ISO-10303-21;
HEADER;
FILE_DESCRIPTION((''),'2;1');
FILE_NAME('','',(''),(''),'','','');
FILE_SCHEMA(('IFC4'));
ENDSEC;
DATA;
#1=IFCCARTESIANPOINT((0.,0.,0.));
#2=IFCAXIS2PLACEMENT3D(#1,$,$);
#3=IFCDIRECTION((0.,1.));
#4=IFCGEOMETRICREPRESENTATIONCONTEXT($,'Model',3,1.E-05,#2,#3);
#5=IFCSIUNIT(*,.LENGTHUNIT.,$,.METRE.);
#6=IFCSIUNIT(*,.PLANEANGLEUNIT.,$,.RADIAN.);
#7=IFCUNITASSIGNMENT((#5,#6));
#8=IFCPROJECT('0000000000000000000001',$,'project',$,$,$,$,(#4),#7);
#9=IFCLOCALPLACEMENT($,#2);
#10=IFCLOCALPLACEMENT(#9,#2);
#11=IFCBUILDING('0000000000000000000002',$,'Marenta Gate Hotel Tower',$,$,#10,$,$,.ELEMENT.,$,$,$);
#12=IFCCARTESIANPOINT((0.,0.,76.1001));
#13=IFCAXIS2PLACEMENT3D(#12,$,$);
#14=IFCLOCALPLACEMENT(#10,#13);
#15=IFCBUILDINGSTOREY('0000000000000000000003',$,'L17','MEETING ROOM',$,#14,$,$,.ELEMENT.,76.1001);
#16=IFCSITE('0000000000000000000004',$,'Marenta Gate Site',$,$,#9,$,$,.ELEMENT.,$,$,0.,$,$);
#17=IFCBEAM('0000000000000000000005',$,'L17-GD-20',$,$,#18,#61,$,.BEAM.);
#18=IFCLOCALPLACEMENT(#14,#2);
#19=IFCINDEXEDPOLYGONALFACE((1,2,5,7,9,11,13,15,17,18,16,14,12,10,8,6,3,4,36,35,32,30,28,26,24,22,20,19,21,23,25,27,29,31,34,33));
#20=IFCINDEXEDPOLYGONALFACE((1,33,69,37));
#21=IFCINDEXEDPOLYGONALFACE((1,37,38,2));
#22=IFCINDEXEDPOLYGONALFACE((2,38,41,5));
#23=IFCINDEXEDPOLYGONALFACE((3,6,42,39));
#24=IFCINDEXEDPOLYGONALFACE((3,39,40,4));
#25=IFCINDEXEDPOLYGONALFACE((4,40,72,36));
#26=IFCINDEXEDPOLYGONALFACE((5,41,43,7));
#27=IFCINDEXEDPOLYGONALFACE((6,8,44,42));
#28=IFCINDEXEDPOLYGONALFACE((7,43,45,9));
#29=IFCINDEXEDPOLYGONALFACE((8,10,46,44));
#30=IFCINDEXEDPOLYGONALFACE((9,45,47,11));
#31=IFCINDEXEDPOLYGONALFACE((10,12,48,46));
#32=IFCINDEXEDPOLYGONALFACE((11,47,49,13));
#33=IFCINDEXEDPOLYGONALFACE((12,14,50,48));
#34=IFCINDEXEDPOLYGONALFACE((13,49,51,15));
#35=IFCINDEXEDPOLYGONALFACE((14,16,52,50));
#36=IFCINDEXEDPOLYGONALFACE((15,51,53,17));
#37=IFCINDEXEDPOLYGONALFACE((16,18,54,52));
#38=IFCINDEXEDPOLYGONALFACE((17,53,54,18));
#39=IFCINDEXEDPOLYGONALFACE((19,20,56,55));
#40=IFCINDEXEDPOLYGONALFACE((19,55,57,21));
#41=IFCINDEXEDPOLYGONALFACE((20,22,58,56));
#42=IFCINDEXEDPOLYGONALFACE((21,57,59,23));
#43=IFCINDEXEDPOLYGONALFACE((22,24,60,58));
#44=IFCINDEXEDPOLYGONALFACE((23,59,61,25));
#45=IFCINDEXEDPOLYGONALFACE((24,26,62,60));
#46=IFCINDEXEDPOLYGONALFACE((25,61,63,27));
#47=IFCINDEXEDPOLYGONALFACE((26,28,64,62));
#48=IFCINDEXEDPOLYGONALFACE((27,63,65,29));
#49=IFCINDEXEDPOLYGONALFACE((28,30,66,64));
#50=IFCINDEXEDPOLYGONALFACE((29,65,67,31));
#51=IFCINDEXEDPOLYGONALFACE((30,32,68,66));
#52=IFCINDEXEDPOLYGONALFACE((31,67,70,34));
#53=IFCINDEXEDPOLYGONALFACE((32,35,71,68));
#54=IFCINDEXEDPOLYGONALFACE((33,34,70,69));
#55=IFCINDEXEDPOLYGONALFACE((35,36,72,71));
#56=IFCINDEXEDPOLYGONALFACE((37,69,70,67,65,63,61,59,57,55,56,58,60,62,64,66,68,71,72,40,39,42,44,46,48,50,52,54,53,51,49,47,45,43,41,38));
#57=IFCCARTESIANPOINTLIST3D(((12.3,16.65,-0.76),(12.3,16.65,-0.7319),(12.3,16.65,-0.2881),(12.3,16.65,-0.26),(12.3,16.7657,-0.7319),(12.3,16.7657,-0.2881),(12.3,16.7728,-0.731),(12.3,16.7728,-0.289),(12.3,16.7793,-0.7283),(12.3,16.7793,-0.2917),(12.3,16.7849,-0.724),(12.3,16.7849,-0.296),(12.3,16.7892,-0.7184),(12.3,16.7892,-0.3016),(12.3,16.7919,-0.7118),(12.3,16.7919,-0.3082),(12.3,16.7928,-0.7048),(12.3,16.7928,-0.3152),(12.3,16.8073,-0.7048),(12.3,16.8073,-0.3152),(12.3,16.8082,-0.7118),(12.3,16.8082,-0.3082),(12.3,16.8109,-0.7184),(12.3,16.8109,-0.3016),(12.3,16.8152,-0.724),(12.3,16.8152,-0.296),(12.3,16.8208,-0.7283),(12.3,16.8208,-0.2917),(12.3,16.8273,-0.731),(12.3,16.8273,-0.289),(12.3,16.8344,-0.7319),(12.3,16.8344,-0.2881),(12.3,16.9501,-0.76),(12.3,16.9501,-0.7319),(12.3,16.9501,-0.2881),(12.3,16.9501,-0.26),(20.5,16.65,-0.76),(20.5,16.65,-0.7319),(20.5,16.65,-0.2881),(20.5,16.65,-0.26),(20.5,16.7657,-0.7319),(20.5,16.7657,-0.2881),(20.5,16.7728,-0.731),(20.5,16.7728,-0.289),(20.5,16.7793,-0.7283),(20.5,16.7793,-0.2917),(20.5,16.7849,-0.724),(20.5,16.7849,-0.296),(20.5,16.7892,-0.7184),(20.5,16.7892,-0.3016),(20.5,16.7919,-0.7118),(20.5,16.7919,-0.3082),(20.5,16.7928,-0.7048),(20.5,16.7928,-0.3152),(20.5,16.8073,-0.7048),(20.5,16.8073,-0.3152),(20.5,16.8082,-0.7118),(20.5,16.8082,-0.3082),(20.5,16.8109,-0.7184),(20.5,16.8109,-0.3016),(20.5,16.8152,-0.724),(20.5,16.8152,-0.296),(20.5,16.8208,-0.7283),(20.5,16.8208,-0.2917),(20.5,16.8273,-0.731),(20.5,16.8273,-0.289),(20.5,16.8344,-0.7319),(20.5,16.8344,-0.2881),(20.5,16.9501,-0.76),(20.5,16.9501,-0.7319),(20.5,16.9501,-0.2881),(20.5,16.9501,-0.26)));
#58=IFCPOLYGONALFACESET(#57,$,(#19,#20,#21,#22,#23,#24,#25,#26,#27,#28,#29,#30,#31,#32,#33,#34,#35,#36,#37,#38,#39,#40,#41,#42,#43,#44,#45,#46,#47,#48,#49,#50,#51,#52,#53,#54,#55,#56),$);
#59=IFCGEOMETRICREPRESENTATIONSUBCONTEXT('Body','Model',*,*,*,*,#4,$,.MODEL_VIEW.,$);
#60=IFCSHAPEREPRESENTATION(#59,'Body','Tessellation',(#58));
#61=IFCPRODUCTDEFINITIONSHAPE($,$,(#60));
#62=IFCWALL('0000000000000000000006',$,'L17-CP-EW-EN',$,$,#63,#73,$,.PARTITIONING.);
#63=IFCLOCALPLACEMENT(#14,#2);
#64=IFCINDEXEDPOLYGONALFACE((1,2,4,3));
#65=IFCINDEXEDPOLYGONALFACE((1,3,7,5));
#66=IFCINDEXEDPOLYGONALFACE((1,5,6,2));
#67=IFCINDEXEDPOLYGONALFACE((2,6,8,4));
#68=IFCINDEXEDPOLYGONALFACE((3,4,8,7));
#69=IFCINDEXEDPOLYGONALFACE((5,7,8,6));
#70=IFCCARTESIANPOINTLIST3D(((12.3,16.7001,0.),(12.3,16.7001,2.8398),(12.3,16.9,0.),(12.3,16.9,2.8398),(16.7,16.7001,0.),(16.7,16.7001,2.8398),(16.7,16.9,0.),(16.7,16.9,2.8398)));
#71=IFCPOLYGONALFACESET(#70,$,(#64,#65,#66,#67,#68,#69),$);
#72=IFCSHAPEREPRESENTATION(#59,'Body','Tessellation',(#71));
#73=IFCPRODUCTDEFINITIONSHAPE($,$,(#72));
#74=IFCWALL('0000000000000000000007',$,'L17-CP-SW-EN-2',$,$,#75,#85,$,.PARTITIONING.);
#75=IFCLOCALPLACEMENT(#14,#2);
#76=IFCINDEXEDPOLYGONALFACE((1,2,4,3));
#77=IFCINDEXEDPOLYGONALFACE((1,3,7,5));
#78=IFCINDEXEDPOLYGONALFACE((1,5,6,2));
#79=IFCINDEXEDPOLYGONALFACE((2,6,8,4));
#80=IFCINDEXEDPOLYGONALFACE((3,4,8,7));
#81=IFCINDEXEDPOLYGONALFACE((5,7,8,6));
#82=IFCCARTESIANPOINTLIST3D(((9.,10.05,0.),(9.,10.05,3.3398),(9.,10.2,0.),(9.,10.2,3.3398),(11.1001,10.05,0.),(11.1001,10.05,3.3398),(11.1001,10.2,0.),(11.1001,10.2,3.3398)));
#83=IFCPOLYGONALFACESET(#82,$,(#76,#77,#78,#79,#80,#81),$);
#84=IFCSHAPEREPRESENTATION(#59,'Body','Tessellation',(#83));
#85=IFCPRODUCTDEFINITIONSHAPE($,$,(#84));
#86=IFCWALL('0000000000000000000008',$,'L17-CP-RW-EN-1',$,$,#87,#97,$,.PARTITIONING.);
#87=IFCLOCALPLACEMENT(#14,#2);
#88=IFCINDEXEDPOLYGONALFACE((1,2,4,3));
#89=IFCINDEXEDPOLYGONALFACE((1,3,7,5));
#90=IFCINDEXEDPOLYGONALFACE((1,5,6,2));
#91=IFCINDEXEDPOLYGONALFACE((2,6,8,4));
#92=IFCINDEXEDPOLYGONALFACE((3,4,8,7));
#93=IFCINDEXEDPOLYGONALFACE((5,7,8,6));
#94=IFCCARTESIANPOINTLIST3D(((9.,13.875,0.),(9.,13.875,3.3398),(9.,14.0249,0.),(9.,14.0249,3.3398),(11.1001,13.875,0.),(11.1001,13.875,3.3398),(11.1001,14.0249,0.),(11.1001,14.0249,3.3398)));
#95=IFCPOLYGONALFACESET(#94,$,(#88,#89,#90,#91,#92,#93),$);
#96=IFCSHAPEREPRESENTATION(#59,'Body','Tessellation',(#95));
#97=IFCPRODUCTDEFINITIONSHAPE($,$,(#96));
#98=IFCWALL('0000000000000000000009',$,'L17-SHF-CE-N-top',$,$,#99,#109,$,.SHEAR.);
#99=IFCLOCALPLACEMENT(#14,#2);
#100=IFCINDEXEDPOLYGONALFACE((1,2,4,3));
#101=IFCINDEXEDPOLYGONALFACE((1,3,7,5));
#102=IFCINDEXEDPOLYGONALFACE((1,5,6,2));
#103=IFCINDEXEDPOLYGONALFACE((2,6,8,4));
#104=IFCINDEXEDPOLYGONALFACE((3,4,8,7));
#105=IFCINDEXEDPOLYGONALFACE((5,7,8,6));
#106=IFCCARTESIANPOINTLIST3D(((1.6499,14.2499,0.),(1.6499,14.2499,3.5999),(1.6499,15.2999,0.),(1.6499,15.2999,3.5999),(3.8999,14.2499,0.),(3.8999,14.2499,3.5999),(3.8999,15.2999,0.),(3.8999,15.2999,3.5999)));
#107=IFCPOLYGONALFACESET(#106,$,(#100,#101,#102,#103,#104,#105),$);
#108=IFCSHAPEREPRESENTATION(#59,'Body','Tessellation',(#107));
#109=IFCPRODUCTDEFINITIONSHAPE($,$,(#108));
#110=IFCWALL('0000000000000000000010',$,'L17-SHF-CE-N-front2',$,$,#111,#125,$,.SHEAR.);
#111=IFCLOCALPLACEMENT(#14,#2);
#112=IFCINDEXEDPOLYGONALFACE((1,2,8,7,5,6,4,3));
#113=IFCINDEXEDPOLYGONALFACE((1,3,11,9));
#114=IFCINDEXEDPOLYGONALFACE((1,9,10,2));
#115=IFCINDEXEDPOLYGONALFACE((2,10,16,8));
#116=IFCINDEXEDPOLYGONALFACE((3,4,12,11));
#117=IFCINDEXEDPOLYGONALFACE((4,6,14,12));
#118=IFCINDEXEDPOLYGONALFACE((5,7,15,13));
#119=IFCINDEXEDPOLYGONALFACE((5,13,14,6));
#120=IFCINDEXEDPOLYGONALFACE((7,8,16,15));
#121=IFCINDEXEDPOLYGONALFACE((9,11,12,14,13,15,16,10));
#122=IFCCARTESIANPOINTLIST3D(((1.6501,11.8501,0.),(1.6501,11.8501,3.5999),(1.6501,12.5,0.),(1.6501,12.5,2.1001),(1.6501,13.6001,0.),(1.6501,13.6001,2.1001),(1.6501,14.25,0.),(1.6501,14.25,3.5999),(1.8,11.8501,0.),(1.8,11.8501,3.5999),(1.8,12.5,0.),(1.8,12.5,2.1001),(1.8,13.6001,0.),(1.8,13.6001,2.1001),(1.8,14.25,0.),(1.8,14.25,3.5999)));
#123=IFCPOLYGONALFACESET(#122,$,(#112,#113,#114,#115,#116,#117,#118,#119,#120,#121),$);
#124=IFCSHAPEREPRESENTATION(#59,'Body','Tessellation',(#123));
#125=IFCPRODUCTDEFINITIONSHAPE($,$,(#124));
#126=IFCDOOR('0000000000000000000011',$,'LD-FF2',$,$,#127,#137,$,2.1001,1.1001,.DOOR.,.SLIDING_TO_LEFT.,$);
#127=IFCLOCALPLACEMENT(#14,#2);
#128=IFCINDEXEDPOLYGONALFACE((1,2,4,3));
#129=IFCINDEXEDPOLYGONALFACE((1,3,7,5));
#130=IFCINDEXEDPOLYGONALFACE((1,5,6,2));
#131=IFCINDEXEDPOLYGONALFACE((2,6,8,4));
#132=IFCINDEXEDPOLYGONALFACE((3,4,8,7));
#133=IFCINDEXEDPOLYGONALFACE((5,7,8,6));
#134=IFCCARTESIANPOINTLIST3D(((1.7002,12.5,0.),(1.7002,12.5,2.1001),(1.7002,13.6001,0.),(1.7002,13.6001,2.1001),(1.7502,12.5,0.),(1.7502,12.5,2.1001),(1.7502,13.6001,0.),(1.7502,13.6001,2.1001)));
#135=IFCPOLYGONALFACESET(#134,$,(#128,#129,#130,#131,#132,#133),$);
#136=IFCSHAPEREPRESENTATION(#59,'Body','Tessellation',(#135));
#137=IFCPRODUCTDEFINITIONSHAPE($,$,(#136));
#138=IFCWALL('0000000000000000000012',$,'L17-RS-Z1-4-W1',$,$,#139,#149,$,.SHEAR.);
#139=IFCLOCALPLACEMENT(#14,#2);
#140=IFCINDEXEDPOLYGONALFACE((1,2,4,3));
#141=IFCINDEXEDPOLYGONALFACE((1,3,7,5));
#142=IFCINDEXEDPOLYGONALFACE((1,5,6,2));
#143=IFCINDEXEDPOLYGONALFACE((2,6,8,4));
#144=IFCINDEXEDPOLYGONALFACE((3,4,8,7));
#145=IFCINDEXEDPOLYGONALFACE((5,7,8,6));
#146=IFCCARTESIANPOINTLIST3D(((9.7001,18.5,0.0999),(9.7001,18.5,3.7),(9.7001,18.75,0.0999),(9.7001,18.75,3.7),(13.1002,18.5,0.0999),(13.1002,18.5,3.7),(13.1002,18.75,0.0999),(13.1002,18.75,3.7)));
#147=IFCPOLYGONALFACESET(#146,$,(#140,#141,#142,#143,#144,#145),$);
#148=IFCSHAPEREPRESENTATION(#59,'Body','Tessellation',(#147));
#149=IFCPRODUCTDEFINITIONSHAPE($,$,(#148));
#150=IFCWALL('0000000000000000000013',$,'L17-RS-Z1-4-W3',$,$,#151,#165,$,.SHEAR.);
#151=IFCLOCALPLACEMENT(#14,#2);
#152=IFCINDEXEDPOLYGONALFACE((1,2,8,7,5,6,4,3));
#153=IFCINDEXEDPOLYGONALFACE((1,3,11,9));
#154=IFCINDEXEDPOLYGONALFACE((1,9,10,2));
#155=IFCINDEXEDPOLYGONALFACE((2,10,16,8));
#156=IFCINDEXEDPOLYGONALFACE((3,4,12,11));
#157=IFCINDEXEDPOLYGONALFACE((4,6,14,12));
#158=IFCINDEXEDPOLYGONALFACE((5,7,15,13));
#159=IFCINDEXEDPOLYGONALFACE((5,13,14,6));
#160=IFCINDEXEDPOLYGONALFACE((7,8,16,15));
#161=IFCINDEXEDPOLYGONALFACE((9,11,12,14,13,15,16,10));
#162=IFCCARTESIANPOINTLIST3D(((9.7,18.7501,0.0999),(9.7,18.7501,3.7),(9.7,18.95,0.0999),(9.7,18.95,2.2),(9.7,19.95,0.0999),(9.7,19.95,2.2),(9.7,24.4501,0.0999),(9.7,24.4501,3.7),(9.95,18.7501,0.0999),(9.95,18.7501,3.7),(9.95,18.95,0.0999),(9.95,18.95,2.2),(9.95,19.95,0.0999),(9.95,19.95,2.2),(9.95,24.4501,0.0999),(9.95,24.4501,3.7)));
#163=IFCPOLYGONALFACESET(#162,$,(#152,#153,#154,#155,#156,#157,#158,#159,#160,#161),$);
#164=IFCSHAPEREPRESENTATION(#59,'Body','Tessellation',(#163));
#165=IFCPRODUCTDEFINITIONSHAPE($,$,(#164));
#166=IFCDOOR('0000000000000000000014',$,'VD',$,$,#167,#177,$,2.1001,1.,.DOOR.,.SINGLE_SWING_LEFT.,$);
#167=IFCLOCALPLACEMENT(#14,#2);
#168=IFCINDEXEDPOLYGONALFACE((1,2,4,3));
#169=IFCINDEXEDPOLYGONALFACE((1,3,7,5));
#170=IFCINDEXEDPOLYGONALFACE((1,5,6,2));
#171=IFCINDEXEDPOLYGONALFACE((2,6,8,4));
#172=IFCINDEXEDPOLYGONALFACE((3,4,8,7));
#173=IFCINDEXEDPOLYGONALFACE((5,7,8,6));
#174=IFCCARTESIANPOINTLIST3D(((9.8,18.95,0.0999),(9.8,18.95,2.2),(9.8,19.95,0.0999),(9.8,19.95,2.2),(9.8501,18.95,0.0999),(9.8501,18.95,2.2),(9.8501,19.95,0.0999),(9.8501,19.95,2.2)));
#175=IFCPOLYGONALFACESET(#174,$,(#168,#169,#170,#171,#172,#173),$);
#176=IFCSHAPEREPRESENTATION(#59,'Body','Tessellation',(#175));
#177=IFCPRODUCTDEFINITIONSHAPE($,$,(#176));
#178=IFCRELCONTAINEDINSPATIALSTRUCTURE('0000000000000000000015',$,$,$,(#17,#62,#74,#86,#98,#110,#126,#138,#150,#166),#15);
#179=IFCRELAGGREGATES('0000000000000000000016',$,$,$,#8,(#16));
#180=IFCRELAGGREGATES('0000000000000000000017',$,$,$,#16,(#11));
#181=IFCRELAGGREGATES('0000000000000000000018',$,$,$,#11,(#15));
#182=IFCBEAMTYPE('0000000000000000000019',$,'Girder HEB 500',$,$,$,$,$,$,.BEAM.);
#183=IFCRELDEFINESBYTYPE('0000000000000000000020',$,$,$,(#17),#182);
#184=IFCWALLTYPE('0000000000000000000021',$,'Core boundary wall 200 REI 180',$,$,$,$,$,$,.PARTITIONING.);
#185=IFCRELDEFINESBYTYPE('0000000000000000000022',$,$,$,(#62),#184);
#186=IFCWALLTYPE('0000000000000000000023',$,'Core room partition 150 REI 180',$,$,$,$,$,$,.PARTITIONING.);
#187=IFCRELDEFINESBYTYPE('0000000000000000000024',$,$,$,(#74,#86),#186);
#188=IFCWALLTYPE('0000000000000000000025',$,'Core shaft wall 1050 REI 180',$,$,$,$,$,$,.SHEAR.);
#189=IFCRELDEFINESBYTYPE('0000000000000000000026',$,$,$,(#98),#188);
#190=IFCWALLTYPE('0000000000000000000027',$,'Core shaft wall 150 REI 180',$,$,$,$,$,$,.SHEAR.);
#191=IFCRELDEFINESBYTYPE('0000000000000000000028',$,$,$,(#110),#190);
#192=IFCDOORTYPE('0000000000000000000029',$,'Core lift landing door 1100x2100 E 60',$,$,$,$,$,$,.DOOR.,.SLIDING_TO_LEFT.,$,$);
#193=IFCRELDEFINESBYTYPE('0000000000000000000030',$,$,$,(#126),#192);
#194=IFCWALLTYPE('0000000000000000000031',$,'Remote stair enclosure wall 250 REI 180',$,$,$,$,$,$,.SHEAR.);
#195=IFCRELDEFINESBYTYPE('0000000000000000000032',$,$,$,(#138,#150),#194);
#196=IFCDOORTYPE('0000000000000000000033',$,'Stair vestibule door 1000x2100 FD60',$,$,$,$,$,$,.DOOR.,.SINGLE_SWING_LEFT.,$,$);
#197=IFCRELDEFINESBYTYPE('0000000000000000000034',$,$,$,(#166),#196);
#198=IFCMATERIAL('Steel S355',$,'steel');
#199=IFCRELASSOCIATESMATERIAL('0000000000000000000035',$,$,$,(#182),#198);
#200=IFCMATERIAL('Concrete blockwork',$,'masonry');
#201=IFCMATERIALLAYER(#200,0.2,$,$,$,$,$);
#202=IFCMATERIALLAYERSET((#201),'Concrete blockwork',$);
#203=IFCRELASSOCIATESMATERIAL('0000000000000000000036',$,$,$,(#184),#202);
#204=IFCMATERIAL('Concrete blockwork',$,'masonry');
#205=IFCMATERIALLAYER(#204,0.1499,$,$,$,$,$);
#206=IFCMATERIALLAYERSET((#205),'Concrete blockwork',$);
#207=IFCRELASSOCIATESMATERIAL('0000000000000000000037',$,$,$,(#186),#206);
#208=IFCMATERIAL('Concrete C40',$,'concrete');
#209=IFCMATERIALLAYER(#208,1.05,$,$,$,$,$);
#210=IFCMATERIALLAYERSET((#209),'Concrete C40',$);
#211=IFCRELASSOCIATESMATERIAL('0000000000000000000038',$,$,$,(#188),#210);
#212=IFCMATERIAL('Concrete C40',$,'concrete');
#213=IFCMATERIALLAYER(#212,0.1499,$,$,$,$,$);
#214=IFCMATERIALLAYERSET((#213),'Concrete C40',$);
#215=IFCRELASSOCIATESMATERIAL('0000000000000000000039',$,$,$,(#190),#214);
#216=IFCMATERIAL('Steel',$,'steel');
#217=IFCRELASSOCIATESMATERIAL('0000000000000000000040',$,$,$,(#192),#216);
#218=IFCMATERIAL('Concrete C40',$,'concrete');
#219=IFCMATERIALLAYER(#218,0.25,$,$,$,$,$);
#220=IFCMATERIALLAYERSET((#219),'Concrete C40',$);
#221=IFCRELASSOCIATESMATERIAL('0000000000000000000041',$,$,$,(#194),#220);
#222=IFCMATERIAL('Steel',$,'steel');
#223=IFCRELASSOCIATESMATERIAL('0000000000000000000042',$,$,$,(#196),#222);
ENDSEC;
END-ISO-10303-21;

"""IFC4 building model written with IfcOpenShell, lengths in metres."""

from ifc_helpers import new_model, si_unit, direction, frame, frame_2d, origin, origin_2d, place, context, subcontext, project, spatial, rectangle, i_section, extrude, material, layer, layer_set, material_profile, profile_set, type_object, element, fill, save


model = new_model("IFC4")

# Units and contexts
model_context = context("Model", 3, precision=1e-05, world=origin(), true_north=direction((0.0, 1.0)))
body_context = subcontext(model_context, "Body", "Model", "MODEL_VIEW")
ifc_project = project(units=[si_unit("LENGTHUNIT", "METRE"), si_unit("PLANEANGLEUNIT", "RADIAN")], contexts=[model_context])

# Site, building, storey
site_placement = place(None, origin())
site = spatial("IfcSite", under=ifc_project, at=site_placement, Name="Marenta Gate Site", CompositionType="ELEMENT", RefElevation=0.0)
building_placement = place(site_placement, origin())
building = spatial("IfcBuilding", under=site, at=building_placement, Name="Marenta Gate Hotel Tower", CompositionType="ELEMENT")
storey_placement = place(building_placement, frame((0.0, 0.0, 76.1001)))
storey = spatial("IfcBuildingStorey", under=building, at=storey_placement, Name="L17", Description="MEETING ROOM", CompositionType="ELEMENT", Elevation=76.1001)

# Beam
ifc_material_1 = material(Name="Steel S355", Category="steel")
ifc_material_profile = material_profile(ifc_material_1, i_section(OverallWidth=0.3, OverallDepth=0.5, WebThickness=0.0144, FlangeThickness=0.0281, FilletRadius=0.0271, at=origin_2d()), Name="HEB 500")
ifc_profile_set = profile_set([ifc_material_profile], Name="Steel S355")
beam_type = type_object("IfcBeamType", Name="Girder HEB 500", PredefinedType="BEAM", material=ifc_profile_set)
beam_placement = place(storey_placement, frame((12.3, 16.8, -0.51), z_axis=(1.0, 0.0, 0.0), x_axis=(0.0, 1.0, 0.0)))
element("IfcBeam", 1, at=beam_placement, inside=storey, type_object=beam_type, Name="L17-GD-20", PredefinedType="BEAM", context=body_context, shape_type="SweptSolid", body=[
    extrude(i_section(OverallWidth=0.3, OverallDepth=0.5, WebThickness=0.0144, FlangeThickness=0.0281, FilletRadius=0.0271, at=origin_2d()), origin(), (0.0, 0.0, 1.0), 8.2),
])

# Walls
ifc_material_2 = material(Name="Concrete blockwork", Category="masonry")
ifc_layer_1 = layer(ifc_material_2, 0.2)
ifc_layer_set_1 = layer_set([ifc_layer_1], Name="Concrete blockwork")
wall_type_1 = type_object("IfcWallType", Name="Core boundary wall 200 REI 180", PredefinedType="PARTITIONING", material=ifc_layer_set_1)
wall_1_placement = place(storey_placement, frame((12.3, 16.8, 0.0), z_axis=(0.0, 0.0, 1.0), x_axis=(1.0, 0.0, 0.0)))
element("IfcWall", 2, at=wall_1_placement, inside=storey, type_object=wall_type_1, Name="L17-CP-EW-EN", PredefinedType="PARTITIONING", context=body_context, shape_type="SweptSolid", body=[
    extrude(rectangle(XDim=4.3999, YDim=0.2, at=frame_2d((2.2, 0.0))), origin(), (0.0, 0.0, 1.0), 2.8398),
])
ifc_material_3 = material(Name="Concrete blockwork", Category="masonry")
ifc_layer_2 = layer(ifc_material_3, 0.1499)
ifc_layer_set_2 = layer_set([ifc_layer_2], Name="Concrete blockwork")
wall_type_2 = type_object("IfcWallType", Name="Core room partition 150 REI 180", PredefinedType="PARTITIONING", material=ifc_layer_set_2)
for number, where, z_axis, x_axis, name in (
    (3, (9.0, 10.125, 0.0), (0.0, 0.0, 1.0), (1.0, 0.0, 0.0), "L17-CP-SW-EN-2"),
    (4, (9.0, 13.95, 0.0), (0.0, 0.0, 1.0), (1.0, 0.0, 0.0), "L17-CP-RW-EN-1"),
):
    element("IfcWall", number, at=place(storey_placement, frame(where, z_axis=z_axis, x_axis=x_axis)), inside=storey, type_object=wall_type_2, Name=name, PredefinedType="PARTITIONING", context=body_context, shape_type="SweptSolid", body=[
        extrude(rectangle(XDim=2.1001, YDim=0.1499, at=frame_2d((1.05, 0.0))), origin(), (0.0, 0.0, 1.0), 3.3398),
    ])
ifc_material_4 = material(Name="Concrete C40", Category="concrete")
ifc_layer_3 = layer(ifc_material_4, 1.05)
ifc_layer_set_3 = layer_set([ifc_layer_3], Name="Concrete C40")
wall_type_3 = type_object("IfcWallType", Name="Core shaft wall 1050 REI 180", PredefinedType="SHEAR", material=ifc_layer_set_3)
wall_2_placement = place(storey_placement, frame((1.6499, 14.7749, 0.0), z_axis=(0.0, 0.0, 1.0), x_axis=(1.0, 0.0, 0.0)))
element("IfcWall", 5, at=wall_2_placement, inside=storey, type_object=wall_type_3, Name="L17-SHF-CE-N-top", PredefinedType="SHEAR", context=body_context, shape_type="SweptSolid", body=[
    extrude(rectangle(XDim=2.25, YDim=1.05, at=frame_2d((1.125, 0.0))), origin(), (0.0, 0.0, 1.0), 3.5999),
])

# Wall, opening, door
ifc_material_5 = material(Name="Concrete C40", Category="concrete")
ifc_layer_4 = layer(ifc_material_5, 0.1499)
ifc_layer_set_4 = layer_set([ifc_layer_4], Name="Concrete C40")
wall_type_4 = type_object("IfcWallType", Name="Core shaft wall 150 REI 180", PredefinedType="SHEAR", material=ifc_layer_set_4)
wall_3_placement = place(storey_placement, frame((1.7251, 11.8501, 0.0), z_axis=(0.0, 0.0, 1.0), x_axis=(0.0, 1.0, 0.0)))
wall_3 = element("IfcWall", 6, at=wall_3_placement, inside=storey, type_object=wall_type_4, Name="L17-SHF-CE-N-front2", PredefinedType="SHEAR", context=body_context, shape_type="SweptSolid", body=[
    extrude(rectangle(XDim=2.3999, YDim=0.1499, at=frame_2d((1.2, 0.0))), origin(), (0.0, 0.0, 1.0), 3.5999),
])
opening_1_placement = place(wall_3_placement, frame((0.6499, 0.0, 0.0)))
opening_1 = element("IfcOpeningElement", 7, at=opening_1_placement, cuts=wall_3, PredefinedType="OPENING", context=body_context, shape_type="SweptSolid", body=[
    extrude(rectangle(XDim=1.1001, YDim=2.1001, at=frame_2d((0.55, 1.05))), frame((0.0, 0.075, 0.0), z_axis=(0.0, -1.0, 0.0), x_axis=(1.0, 0.0, 0.0)), (0.0, 0.0, 1.0), 0.1499),
])
ifc_material_6 = material(Name="Steel", Category="steel")
door_type_1 = type_object("IfcDoorType", Name="Core lift landing door 1100x2100 E 60", OperationType="SLIDING_TO_LEFT", PredefinedType="DOOR", material=ifc_material_6)
door_1_placement = place(opening_1_placement, origin())
door_1 = element("IfcDoor", 8, at=door_1_placement, inside=storey, type_object=door_type_1, Name="LD-FF2", OperationType="SLIDING_TO_LEFT", OverallHeight=2.1001, OverallWidth=1.1001, PredefinedType="DOOR", context=body_context, shape_type="SweptSolid", body=[
    extrude(rectangle(XDim=1.1001, YDim=2.1001, at=frame_2d((0.55, 1.05))), frame((0.0, 0.0249, 0.0), z_axis=(0.0, -1.0, 0.0), x_axis=(1.0, 0.0, 0.0)), (0.0, 0.0, 1.0), 0.05),
])
fill(opening_1, door_1)

# Wall
ifc_material_7 = material(Name="Concrete C40", Category="concrete")
ifc_layer_5 = layer(ifc_material_7, 0.25)
ifc_layer_set_5 = layer_set([ifc_layer_5], Name="Concrete C40")
wall_type_5 = type_object("IfcWallType", Name="Remote stair enclosure wall 250 REI 180", PredefinedType="SHEAR", material=ifc_layer_set_5)
wall_4_placement = place(storey_placement, frame((9.7, 18.625, 0.0999), z_axis=(0.0, 0.0, 1.0), x_axis=(1.0, 0.0, 0.0)))
element("IfcWall", 9, at=wall_4_placement, inside=storey, type_object=wall_type_5, Name="L17-RS-Z1-4-W1", PredefinedType="SHEAR", context=body_context, shape_type="SweptSolid", body=[
    extrude(rectangle(XDim=3.4001, YDim=0.25, at=frame_2d((1.7002, 0.0))), origin(), (0.0, 0.0, 1.0), 3.6001),
])

# Wall, opening, door
wall_5_placement = place(storey_placement, frame((9.825, 18.75, 0.0999), z_axis=(0.0, 0.0, 1.0), x_axis=(0.0, 1.0, 0.0)))
wall_5 = element("IfcWall", 10, at=wall_5_placement, inside=storey, type_object=wall_type_5, Name="L17-RS-Z1-4-W3", PredefinedType="SHEAR", context=body_context, shape_type="SweptSolid", body=[
    extrude(rectangle(XDim=5.7, YDim=0.25, at=frame_2d((2.8501, 0.0))), origin(), (0.0, 0.0, 1.0), 3.6001),
])
opening_2_placement = place(wall_5_placement, frame((0.2, 0.0, 0.0)))
opening_2 = element("IfcOpeningElement", 11, at=opening_2_placement, cuts=wall_5, PredefinedType="OPENING", context=body_context, shape_type="SweptSolid", body=[
    extrude(rectangle(XDim=1.0, YDim=2.1001, at=frame_2d((0.5, 1.05))), frame((0.0, 0.125, 0.0), z_axis=(0.0, -1.0, 0.0), x_axis=(1.0, 0.0, 0.0)), (0.0, 0.0, 1.0), 0.25),
])
ifc_material_8 = material(Name="Steel", Category="steel")
door_type_2 = type_object("IfcDoorType", Name="Stair vestibule door 1000x2100 FD60", OperationType="SINGLE_SWING_LEFT", PredefinedType="DOOR", material=ifc_material_8)
door_2_placement = place(opening_2_placement, origin())
door_2 = element("IfcDoor", 12, at=door_2_placement, inside=storey, type_object=door_type_2, Name="VD", OperationType="SINGLE_SWING_LEFT", OverallHeight=2.1001, OverallWidth=1.0, PredefinedType="DOOR", context=body_context, shape_type="SweptSolid", body=[
    extrude(rectangle(XDim=1.0, YDim=2.1001, at=frame_2d((0.5, 1.05))), frame((0.0, 0.0249, 0.0), z_axis=(0.0, -1.0, 0.0), x_axis=(1.0, 0.0, 0.0)), (0.0, 0.0, 1.0), 0.05),
])
fill(opening_2, door_2)

save(model, "model.ifc")
